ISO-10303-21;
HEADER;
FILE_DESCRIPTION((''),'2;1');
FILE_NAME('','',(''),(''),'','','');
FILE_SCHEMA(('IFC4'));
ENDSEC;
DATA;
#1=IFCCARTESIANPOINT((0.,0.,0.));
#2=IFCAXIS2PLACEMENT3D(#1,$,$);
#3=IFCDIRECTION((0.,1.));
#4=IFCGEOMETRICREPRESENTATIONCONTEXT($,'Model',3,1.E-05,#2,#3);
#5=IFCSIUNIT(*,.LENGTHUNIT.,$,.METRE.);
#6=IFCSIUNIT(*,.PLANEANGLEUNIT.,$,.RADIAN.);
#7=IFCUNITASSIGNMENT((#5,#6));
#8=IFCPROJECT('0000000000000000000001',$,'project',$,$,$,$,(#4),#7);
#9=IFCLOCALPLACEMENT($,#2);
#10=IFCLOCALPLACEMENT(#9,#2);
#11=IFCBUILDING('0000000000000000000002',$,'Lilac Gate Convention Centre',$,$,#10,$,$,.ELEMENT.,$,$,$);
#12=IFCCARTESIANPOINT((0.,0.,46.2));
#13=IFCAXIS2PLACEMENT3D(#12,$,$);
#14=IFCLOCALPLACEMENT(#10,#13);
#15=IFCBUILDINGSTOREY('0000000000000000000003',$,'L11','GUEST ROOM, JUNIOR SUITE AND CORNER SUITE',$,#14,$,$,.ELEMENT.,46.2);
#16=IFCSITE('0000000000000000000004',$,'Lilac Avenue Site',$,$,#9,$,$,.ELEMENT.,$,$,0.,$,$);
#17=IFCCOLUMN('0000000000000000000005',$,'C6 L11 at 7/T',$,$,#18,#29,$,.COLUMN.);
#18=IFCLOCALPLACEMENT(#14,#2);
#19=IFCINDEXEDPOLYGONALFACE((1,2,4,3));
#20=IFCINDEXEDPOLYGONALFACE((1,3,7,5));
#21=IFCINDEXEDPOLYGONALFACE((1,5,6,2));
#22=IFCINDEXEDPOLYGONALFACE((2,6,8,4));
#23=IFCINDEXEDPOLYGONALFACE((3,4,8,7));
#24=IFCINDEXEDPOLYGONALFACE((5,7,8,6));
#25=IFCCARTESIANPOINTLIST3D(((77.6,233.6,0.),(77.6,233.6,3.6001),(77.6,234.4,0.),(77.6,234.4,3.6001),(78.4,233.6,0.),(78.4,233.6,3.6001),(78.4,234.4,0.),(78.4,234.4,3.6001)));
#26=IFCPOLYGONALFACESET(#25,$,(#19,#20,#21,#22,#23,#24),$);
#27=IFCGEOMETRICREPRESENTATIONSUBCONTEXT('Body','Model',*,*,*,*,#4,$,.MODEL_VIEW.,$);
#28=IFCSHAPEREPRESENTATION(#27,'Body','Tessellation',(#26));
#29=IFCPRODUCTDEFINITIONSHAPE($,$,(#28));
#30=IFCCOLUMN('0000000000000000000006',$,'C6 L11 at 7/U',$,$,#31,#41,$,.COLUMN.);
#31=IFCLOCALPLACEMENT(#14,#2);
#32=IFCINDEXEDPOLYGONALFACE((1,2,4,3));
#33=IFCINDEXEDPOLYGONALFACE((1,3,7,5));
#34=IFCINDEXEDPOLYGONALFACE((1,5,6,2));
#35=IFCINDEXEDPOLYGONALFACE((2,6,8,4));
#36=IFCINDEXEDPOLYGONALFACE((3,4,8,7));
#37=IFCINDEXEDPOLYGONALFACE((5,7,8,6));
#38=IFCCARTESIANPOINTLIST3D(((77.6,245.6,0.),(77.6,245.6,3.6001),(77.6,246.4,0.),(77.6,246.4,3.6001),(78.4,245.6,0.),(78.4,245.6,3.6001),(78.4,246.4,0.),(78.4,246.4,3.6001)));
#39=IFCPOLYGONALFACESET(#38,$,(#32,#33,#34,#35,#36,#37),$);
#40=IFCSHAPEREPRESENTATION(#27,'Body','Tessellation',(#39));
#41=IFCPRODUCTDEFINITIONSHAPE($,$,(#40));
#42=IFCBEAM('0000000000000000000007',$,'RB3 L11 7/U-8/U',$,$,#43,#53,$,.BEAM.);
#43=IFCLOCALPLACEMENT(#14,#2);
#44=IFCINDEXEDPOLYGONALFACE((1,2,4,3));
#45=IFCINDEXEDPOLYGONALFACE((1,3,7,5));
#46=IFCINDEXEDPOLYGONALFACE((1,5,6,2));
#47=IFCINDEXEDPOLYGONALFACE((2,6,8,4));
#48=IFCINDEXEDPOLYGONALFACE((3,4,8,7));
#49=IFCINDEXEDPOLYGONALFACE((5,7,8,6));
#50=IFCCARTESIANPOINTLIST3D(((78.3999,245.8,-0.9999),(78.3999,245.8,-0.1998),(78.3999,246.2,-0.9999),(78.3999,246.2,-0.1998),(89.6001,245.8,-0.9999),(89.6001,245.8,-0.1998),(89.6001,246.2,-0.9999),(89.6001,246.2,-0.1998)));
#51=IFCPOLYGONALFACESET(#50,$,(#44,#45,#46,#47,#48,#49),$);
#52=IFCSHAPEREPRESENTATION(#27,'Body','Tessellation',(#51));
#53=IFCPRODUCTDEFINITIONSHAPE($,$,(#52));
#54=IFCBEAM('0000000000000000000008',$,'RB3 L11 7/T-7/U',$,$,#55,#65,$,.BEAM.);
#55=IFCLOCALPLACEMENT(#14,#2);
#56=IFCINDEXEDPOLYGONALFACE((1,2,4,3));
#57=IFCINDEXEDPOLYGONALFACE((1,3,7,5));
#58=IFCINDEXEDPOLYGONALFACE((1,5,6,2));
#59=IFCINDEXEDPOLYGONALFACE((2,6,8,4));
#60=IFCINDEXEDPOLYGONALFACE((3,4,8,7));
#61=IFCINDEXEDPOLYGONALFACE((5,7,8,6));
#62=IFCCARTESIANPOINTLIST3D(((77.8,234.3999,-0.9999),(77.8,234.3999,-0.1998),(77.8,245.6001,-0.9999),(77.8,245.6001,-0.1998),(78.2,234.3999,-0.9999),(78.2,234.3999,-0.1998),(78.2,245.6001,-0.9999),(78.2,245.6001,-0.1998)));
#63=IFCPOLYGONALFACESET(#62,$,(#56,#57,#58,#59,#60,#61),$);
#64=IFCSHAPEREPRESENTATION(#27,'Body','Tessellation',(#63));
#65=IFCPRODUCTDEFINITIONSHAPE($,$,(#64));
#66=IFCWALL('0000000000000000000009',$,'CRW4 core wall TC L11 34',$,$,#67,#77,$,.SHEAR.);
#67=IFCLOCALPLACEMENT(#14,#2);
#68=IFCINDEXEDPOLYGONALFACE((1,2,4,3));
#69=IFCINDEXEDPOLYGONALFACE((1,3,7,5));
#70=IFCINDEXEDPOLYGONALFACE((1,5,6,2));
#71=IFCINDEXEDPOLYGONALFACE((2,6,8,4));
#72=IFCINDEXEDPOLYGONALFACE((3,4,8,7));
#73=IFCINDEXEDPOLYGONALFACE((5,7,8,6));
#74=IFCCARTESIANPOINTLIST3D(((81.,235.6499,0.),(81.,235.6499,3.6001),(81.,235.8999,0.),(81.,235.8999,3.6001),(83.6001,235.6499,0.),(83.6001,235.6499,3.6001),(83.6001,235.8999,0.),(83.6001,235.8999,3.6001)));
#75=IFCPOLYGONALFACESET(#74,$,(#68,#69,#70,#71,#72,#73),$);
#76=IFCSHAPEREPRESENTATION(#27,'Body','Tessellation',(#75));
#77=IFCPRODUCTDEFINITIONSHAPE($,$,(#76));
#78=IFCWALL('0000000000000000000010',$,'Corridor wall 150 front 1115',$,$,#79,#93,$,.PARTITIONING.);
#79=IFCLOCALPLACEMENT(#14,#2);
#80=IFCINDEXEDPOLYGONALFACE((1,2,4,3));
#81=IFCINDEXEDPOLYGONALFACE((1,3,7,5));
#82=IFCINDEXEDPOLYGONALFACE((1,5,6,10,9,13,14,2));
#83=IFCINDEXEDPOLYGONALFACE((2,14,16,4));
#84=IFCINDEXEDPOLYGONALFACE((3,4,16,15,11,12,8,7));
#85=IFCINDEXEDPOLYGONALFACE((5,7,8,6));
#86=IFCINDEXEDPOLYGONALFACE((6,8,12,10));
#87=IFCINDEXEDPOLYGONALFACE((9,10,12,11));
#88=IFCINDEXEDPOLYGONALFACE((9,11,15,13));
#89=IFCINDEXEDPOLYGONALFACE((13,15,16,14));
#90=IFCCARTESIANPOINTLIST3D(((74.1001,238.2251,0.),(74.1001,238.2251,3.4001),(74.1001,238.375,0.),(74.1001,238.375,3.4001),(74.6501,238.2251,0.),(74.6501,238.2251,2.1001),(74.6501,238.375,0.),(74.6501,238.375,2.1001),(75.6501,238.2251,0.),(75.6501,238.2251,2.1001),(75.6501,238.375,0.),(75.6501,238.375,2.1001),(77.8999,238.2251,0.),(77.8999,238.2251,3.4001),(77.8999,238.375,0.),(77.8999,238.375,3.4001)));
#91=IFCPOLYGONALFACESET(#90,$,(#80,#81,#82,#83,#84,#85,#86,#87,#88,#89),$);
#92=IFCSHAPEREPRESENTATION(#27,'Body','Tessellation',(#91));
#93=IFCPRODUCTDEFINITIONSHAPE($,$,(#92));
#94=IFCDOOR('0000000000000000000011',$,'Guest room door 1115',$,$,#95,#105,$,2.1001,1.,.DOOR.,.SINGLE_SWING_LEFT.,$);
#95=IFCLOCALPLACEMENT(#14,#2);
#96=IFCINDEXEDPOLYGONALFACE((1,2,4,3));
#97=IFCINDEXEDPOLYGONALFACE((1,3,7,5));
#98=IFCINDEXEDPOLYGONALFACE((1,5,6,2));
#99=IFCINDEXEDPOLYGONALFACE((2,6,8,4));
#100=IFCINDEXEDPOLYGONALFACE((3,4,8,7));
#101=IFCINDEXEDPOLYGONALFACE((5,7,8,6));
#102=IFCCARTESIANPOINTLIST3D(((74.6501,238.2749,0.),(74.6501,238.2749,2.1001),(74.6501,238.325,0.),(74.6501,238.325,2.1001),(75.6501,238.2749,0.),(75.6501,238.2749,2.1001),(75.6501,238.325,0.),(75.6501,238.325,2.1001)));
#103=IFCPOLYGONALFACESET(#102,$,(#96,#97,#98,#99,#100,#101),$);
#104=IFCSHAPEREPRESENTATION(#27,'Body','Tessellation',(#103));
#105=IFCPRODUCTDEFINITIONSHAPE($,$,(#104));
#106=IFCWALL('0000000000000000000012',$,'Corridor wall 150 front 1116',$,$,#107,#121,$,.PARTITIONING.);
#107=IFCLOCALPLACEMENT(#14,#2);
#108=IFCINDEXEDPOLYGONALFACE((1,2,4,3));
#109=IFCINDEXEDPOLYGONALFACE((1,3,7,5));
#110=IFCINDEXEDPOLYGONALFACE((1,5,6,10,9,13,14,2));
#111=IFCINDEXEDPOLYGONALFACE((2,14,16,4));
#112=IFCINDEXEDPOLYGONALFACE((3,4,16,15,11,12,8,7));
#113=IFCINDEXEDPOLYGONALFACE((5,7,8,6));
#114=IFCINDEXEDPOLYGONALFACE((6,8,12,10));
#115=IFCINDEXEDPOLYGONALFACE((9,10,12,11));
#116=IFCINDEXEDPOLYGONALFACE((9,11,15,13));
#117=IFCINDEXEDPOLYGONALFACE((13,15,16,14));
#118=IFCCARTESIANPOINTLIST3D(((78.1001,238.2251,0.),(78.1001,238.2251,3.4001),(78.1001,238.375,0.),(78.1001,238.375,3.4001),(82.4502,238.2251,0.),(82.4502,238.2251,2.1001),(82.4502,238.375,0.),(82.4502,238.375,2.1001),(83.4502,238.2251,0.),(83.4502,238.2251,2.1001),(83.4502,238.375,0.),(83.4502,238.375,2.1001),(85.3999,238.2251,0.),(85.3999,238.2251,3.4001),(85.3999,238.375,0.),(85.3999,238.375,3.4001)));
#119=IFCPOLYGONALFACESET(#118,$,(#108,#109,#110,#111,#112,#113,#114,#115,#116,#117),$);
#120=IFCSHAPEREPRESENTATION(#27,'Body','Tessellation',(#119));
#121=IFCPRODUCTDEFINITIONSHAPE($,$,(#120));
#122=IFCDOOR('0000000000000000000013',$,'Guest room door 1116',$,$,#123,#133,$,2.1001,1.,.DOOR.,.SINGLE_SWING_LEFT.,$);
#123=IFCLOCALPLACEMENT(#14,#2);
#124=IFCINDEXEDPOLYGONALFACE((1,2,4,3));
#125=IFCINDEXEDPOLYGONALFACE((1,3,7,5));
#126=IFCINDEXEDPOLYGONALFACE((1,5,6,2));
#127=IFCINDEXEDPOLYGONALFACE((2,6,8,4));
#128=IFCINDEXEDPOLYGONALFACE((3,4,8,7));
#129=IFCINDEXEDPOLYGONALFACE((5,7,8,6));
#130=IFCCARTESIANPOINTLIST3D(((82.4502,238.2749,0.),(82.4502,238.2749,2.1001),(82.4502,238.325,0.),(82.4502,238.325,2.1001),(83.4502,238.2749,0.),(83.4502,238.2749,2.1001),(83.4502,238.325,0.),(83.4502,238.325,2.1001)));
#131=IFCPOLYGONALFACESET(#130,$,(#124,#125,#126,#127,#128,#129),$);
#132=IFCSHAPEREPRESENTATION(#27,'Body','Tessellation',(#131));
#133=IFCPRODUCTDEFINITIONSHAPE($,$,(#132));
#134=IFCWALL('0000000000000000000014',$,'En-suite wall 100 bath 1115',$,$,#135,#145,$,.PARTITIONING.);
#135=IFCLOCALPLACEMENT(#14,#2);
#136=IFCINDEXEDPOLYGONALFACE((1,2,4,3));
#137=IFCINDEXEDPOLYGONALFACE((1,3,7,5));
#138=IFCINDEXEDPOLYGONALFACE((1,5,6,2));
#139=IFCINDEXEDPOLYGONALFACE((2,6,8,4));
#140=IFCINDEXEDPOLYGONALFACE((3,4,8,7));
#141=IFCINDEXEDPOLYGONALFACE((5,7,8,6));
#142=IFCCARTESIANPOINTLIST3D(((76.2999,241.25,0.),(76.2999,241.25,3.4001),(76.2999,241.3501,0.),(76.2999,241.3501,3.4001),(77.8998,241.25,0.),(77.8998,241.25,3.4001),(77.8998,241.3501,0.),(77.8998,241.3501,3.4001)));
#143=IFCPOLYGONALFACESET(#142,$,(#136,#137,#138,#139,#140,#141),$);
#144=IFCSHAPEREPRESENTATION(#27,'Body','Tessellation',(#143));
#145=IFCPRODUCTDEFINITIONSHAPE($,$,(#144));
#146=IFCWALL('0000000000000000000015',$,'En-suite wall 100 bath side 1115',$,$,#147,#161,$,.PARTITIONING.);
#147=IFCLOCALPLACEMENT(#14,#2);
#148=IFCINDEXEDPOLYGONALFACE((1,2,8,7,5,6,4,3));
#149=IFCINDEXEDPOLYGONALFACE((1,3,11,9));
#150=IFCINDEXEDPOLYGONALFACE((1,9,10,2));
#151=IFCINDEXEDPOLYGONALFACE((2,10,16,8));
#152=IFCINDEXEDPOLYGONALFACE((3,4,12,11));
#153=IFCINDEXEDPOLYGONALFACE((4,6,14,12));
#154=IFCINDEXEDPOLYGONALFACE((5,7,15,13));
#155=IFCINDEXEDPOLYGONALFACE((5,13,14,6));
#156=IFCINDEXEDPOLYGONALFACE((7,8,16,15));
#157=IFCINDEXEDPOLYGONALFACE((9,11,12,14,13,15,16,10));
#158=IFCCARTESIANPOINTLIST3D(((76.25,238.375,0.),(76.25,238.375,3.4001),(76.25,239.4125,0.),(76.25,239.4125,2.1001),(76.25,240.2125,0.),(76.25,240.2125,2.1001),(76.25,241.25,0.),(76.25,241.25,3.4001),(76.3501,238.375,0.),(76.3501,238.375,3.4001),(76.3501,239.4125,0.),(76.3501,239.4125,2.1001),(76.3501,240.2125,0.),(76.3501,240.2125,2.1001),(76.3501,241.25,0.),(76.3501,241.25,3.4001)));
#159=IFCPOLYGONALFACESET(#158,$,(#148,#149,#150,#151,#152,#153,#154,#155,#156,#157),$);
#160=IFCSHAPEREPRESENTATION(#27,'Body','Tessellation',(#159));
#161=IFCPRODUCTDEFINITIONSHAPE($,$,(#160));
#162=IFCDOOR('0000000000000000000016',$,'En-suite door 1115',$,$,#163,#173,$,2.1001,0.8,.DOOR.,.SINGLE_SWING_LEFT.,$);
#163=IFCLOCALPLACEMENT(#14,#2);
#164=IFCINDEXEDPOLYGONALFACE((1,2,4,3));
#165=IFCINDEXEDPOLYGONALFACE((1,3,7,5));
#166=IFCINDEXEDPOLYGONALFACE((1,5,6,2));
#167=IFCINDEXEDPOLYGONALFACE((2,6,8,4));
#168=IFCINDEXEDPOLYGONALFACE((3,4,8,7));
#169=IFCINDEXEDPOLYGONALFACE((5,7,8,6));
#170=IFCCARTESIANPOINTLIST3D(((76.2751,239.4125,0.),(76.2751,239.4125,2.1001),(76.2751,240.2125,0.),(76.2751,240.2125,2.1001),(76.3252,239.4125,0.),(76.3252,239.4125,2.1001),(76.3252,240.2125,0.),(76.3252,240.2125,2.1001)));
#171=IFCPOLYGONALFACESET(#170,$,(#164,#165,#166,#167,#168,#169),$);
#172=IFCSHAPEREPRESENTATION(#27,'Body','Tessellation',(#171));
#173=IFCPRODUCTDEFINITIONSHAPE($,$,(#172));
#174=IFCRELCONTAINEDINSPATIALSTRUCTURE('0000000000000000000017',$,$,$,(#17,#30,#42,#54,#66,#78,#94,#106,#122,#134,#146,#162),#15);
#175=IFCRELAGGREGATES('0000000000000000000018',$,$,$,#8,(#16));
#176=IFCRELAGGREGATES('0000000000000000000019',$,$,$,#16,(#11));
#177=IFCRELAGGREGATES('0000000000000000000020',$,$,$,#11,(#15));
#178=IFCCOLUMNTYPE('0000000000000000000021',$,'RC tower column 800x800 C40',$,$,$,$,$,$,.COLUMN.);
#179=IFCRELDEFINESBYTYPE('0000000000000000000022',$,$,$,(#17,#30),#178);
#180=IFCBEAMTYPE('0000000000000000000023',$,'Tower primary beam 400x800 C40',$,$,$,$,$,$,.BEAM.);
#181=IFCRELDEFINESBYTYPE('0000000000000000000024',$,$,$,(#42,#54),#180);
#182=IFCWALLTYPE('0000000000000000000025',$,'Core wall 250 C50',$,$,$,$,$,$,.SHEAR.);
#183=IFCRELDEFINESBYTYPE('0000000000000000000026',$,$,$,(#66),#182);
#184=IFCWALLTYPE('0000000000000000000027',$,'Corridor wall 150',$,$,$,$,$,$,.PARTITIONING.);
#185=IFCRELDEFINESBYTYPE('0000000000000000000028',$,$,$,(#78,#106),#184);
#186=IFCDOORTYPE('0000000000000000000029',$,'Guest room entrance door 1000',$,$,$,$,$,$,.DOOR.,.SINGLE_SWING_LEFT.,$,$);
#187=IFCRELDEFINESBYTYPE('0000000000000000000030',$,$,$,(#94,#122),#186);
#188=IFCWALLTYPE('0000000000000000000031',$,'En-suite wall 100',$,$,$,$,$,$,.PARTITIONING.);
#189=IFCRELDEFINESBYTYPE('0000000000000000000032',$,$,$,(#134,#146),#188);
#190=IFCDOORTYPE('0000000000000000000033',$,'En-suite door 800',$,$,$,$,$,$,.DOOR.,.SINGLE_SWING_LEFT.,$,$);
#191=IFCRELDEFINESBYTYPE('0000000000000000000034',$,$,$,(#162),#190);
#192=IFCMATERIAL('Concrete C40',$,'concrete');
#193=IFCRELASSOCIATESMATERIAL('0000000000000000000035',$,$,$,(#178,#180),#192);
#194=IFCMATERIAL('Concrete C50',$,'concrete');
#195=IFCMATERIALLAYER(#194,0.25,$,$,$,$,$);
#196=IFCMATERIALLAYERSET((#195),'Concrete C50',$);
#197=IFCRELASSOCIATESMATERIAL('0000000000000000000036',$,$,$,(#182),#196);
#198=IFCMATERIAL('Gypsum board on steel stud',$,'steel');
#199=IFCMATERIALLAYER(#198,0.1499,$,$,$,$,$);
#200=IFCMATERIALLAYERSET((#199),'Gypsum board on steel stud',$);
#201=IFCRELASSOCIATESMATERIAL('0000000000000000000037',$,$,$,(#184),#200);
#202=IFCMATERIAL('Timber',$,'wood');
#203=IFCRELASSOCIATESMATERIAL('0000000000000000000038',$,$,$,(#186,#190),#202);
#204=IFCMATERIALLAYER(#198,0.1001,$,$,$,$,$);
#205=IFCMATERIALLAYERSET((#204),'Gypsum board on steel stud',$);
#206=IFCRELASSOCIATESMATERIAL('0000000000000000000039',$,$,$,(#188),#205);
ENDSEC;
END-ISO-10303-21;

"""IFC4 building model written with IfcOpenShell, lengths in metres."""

from ifc_helpers import new_model, si_unit, direction, frame, frame_2d, origin, origin_2d, place, context, subcontext, project, spatial, rectangle, extrude, material, layer, layer_set, material_profile, profile_set, type_object, element, fill, save


model = new_model("IFC4")

# Units and contexts
model_context = context("Model", 3, precision=1e-05, world=origin(), true_north=direction((0.0, 1.0)))
body_context = subcontext(model_context, "Body", "Model", "MODEL_VIEW")
ifc_project = project(units=[si_unit("LENGTHUNIT", "METRE"), si_unit("PLANEANGLEUNIT", "RADIAN")], contexts=[model_context])

# Site, building, storey
site_placement = place(None, origin())
site = spatial("IfcSite", under=ifc_project, at=site_placement, Name="Lilac Avenue Site", CompositionType="ELEMENT", RefElevation=0.0)
building_placement = place(site_placement, origin())
building = spatial("IfcBuilding", under=site, at=building_placement, Name="Lilac Gate Convention Centre", CompositionType="ELEMENT")
storey_placement = place(building_placement, frame((0.0, 0.0, 46.2)))
storey = spatial("IfcBuildingStorey", under=building, at=storey_placement, Name="L11", Description="GUEST ROOM, JUNIOR SUITE AND CORNER SUITE", CompositionType="ELEMENT", Elevation=46.2)

# Columns
ifc_material_1 = material(Name="Concrete C40", Category="concrete")
ifc_material_profile_1 = material_profile(ifc_material_1, rectangle(XDim=0.8, YDim=0.8, at=origin_2d()), Name="RC 800x800")
ifc_profile_set_1 = profile_set([ifc_material_profile_1], Name="Concrete C40")
column_type = type_object("IfcColumnType", Name="RC tower column 800x800 C40", PredefinedType="COLUMN", material=ifc_profile_set_1)
for number, where, z_axis, x_axis, name in (
    (1, (78.0, 234.0, 0.0), (0.0, 0.0, 1.0), (1.0, 0.0, 0.0), "C6 L11 at 7/T"),
    (2, (78.0, 246.0, 0.0), (0.0, 0.0, 1.0), (1.0, 0.0, 0.0), "C6 L11 at 7/U"),
):
    element("IfcColumn", number, at=place(storey_placement, frame(where, z_axis=z_axis, x_axis=x_axis)), inside=storey, type_object=column_type, Name=name, PredefinedType="COLUMN", context=body_context, shape_type="SweptSolid", body=[
        extrude(rectangle(XDim=0.8, YDim=0.8, at=origin_2d()), origin(), (0.0, 0.0, 1.0), 3.6001),
    ])

# Beams
ifc_material_profile_2 = material_profile(ifc_material_1, rectangle(XDim=0.3999, YDim=0.8, at=origin_2d()), Name="RC 400x800")
ifc_profile_set_2 = profile_set([ifc_material_profile_2], Name="Concrete C40")
beam_type = type_object("IfcBeamType", Name="Tower primary beam 400x800 C40", PredefinedType="BEAM", material=ifc_profile_set_2)
for number, where, z_axis, x_axis, name in (
    (3, (78.3999, 246.0, -0.5999), (1.0, 0.0, 0.0), (0.0, 1.0, 0.0), "RB3 L11 7/U-8/U"),
    (4, (78.0, 234.3999, -0.5999), (0.0, 1.0, 0.0), (-1.0, 0.0, 0.0), "RB3 L11 7/T-7/U"),
):
    element("IfcBeam", number, at=place(storey_placement, frame(where, z_axis=z_axis, x_axis=x_axis)), inside=storey, type_object=beam_type, Name=name, PredefinedType="BEAM", context=body_context, shape_type="SweptSolid", body=[
        extrude(rectangle(XDim=0.3999, YDim=0.8, at=origin_2d()), origin(), (0.0, 0.0, 1.0), 11.2002),
    ])

# Wall
ifc_material_2 = material(Name="Concrete C50", Category="concrete")
ifc_layer_1 = layer(ifc_material_2, 0.25)
ifc_layer_set_1 = layer_set([ifc_layer_1], Name="Concrete C50")
wall_type_1 = type_object("IfcWallType", Name="Core wall 250 C50", PredefinedType="SHEAR", material=ifc_layer_set_1)
wall_1_placement = place(storey_placement, frame((81.0, 235.7749, 0.0), z_axis=(0.0, 0.0, 1.0), x_axis=(1.0, 0.0, 0.0)))
element("IfcWall", 5, at=wall_1_placement, inside=storey, type_object=wall_type_1, Name="CRW4 core wall TC L11 34", PredefinedType="SHEAR", context=body_context, shape_type="SweptSolid", body=[
    extrude(rectangle(XDim=2.6001, YDim=0.25, at=frame_2d((1.3, 0.0))), origin(), (0.0, 0.0, 1.0), 3.6001),
])

# Walls, openings, doors
ifc_material_3 = material(Name="Gypsum board on steel stud", Category="steel")
ifc_layer_2 = layer(ifc_material_3, 0.1499)
ifc_layer_set_2 = layer_set([ifc_layer_2], Name="Gypsum board on steel stud")
wall_type_2 = type_object("IfcWallType", Name="Corridor wall 150", PredefinedType="PARTITIONING", material=ifc_layer_set_2)
wall_2_placement = place(storey_placement, frame((74.1001, 238.3, 0.0), z_axis=(0.0, 0.0, 1.0), x_axis=(1.0, 0.0, 0.0)))
wall_2 = element("IfcWall", 6, at=wall_2_placement, inside=storey, type_object=wall_type_2, Name="Corridor wall 150 front 1115", PredefinedType="PARTITIONING", context=body_context, shape_type="SweptSolid", body=[
    extrude(rectangle(XDim=3.7998, YDim=0.1499, at=frame_2d((1.8999, 0.0))), origin(), (0.0, 0.0, 1.0), 3.4001),
])
opening_1_placement = place(wall_2_placement, frame((0.55, 0.0, 0.0)))
opening_1 = element("IfcOpeningElement", 7, at=opening_1_placement, cuts=wall_2, PredefinedType="OPENING", context=body_context, shape_type="SweptSolid", body=[
    extrude(rectangle(XDim=1.0, YDim=2.1001, at=frame_2d((0.5, 1.05))), frame((0.0, 0.085, 0.0), z_axis=(0.0, -1.0, 0.0), x_axis=(1.0, 0.0, 0.0)), (0.0, 0.0, 1.0), 0.1699),
])
ifc_material_4 = material(Name="Timber", Category="wood")
door_type_1 = type_object("IfcDoorType", Name="Guest room entrance door 1000", OperationType="SINGLE_SWING_LEFT", PredefinedType="DOOR", material=ifc_material_4)
door_1_placement = place(opening_1_placement, origin())
door_1 = element("IfcDoor", 8, at=door_1_placement, inside=storey, type_object=door_type_1, Name="Guest room door 1115", OperationType="SINGLE_SWING_LEFT", OverallHeight=2.1001, OverallWidth=1.0, PredefinedType="DOOR", context=body_context, shape_type="SweptSolid", body=[
    extrude(rectangle(XDim=1.0, YDim=2.1001, at=frame_2d((0.5, 1.05))), frame((0.0, 0.0249, 0.0), z_axis=(0.0, -1.0, 0.0), x_axis=(1.0, 0.0, 0.0)), (0.0, 0.0, 1.0), 0.05),
])
fill(opening_1, door_1)
wall_3_placement = place(storey_placement, frame((78.1001, 238.3, 0.0), z_axis=(0.0, 0.0, 1.0), x_axis=(1.0, 0.0, 0.0)))
wall_3 = element("IfcWall", 9, at=wall_3_placement, inside=storey, type_object=wall_type_2, Name="Corridor wall 150 front 1116", PredefinedType="PARTITIONING", context=body_context, shape_type="SweptSolid", body=[
    extrude(rectangle(XDim=7.2998, YDim=0.1499, at=frame_2d((3.6499, 0.0))), origin(), (0.0, 0.0, 1.0), 3.4001),
])
opening_2_placement = place(wall_3_placement, frame((4.3501, 0.0, 0.0)))
opening_2 = element("IfcOpeningElement", 10, at=opening_2_placement, cuts=wall_3, PredefinedType="OPENING", context=body_context, shape_type="SweptSolid", body=[
    extrude(rectangle(XDim=1.0, YDim=2.1001, at=frame_2d((0.5, 1.05))), frame((0.0, 0.085, 0.0), z_axis=(0.0, -1.0, 0.0), x_axis=(1.0, 0.0, 0.0)), (0.0, 0.0, 1.0), 0.1699),
])
door_2_placement = place(opening_2_placement, origin())
door_2 = element("IfcDoor", 11, at=door_2_placement, inside=storey, type_object=door_type_1, Name="Guest room door 1116", OperationType="SINGLE_SWING_LEFT", OverallHeight=2.1001, OverallWidth=1.0, PredefinedType="DOOR", context=body_context, shape_type="SweptSolid", body=[
    extrude(rectangle(XDim=1.0, YDim=2.1001, at=frame_2d((0.5, 1.05))), frame((0.0, 0.0249, 0.0), z_axis=(0.0, -1.0, 0.0), x_axis=(1.0, 0.0, 0.0)), (0.0, 0.0, 1.0), 0.05),
])
fill(opening_2, door_2)

# Wall
ifc_layer_3 = layer(ifc_material_3, 0.1001)
ifc_layer_set_3 = layer_set([ifc_layer_3], Name="Gypsum board on steel stud")
wall_type_3 = type_object("IfcWallType", Name="En-suite wall 100", PredefinedType="PARTITIONING", material=ifc_layer_set_3)
wall_4_placement = place(storey_placement, frame((76.3, 241.3, 0.0), z_axis=(0.0, 0.0, 1.0), x_axis=(1.0, 0.0, 0.0)))
element("IfcWall", 12, at=wall_4_placement, inside=storey, type_object=wall_type_3, Name="En-suite wall 100 bath 1115", PredefinedType="PARTITIONING", context=body_context, shape_type="SweptSolid", body=[
    extrude(rectangle(XDim=1.5999, YDim=0.1001, at=frame_2d((0.7998, 0.0))), origin(), (0.0, 0.0, 1.0), 3.4001),
])

# Wall, opening, door
wall_5_placement = place(storey_placement, frame((76.3, 238.375, 0.0), z_axis=(0.0, 0.0, 1.0), x_axis=(0.0, 1.0, 0.0)))
wall_5 = element("IfcWall", 13, at=wall_5_placement, inside=storey, type_object=wall_type_3, Name="En-suite wall 100 bath side 1115", PredefinedType="PARTITIONING", context=body_context, shape_type="SweptSolid", body=[
    extrude(rectangle(XDim=2.875, YDim=0.1001, at=frame_2d((1.4375, 0.0))), origin(), (0.0, 0.0, 1.0), 3.4001),
])
opening_3_placement = place(wall_5_placement, frame((1.0376, 0.0, 0.0)))
opening_3 = element("IfcOpeningElement", 14, at=opening_3_placement, cuts=wall_5, PredefinedType="OPENING", context=body_context, shape_type="SweptSolid", body=[
    extrude(rectangle(XDim=0.8, YDim=2.1001, at=frame_2d((0.3999, 1.05))), frame((0.0, 0.0601, 0.0), z_axis=(0.0, -1.0, 0.0), x_axis=(1.0, 0.0, 0.0)), (0.0, 0.0, 1.0), 0.1201),
])
door_type_2 = type_object("IfcDoorType", Name="En-suite door 800", OperationType="SINGLE_SWING_LEFT", PredefinedType="DOOR", material=ifc_material_4)
door_3_placement = place(opening_3_placement, origin())
door_3 = element("IfcDoor", 15, at=door_3_placement, inside=storey, type_object=door_type_2, Name="En-suite door 1115", OperationType="SINGLE_SWING_LEFT", OverallHeight=2.1001, OverallWidth=0.8, PredefinedType="DOOR", context=body_context, shape_type="SweptSolid", body=[
    extrude(rectangle(XDim=0.8, YDim=2.1001, at=frame_2d((0.3999, 1.05))), frame((0.0, 0.0249, 0.0), z_axis=(0.0, -1.0, 0.0), x_axis=(1.0, 0.0, 0.0)), (0.0, 0.0, 1.0), 0.05),
])
fill(opening_3, door_3)

save(model, "model.ifc")
